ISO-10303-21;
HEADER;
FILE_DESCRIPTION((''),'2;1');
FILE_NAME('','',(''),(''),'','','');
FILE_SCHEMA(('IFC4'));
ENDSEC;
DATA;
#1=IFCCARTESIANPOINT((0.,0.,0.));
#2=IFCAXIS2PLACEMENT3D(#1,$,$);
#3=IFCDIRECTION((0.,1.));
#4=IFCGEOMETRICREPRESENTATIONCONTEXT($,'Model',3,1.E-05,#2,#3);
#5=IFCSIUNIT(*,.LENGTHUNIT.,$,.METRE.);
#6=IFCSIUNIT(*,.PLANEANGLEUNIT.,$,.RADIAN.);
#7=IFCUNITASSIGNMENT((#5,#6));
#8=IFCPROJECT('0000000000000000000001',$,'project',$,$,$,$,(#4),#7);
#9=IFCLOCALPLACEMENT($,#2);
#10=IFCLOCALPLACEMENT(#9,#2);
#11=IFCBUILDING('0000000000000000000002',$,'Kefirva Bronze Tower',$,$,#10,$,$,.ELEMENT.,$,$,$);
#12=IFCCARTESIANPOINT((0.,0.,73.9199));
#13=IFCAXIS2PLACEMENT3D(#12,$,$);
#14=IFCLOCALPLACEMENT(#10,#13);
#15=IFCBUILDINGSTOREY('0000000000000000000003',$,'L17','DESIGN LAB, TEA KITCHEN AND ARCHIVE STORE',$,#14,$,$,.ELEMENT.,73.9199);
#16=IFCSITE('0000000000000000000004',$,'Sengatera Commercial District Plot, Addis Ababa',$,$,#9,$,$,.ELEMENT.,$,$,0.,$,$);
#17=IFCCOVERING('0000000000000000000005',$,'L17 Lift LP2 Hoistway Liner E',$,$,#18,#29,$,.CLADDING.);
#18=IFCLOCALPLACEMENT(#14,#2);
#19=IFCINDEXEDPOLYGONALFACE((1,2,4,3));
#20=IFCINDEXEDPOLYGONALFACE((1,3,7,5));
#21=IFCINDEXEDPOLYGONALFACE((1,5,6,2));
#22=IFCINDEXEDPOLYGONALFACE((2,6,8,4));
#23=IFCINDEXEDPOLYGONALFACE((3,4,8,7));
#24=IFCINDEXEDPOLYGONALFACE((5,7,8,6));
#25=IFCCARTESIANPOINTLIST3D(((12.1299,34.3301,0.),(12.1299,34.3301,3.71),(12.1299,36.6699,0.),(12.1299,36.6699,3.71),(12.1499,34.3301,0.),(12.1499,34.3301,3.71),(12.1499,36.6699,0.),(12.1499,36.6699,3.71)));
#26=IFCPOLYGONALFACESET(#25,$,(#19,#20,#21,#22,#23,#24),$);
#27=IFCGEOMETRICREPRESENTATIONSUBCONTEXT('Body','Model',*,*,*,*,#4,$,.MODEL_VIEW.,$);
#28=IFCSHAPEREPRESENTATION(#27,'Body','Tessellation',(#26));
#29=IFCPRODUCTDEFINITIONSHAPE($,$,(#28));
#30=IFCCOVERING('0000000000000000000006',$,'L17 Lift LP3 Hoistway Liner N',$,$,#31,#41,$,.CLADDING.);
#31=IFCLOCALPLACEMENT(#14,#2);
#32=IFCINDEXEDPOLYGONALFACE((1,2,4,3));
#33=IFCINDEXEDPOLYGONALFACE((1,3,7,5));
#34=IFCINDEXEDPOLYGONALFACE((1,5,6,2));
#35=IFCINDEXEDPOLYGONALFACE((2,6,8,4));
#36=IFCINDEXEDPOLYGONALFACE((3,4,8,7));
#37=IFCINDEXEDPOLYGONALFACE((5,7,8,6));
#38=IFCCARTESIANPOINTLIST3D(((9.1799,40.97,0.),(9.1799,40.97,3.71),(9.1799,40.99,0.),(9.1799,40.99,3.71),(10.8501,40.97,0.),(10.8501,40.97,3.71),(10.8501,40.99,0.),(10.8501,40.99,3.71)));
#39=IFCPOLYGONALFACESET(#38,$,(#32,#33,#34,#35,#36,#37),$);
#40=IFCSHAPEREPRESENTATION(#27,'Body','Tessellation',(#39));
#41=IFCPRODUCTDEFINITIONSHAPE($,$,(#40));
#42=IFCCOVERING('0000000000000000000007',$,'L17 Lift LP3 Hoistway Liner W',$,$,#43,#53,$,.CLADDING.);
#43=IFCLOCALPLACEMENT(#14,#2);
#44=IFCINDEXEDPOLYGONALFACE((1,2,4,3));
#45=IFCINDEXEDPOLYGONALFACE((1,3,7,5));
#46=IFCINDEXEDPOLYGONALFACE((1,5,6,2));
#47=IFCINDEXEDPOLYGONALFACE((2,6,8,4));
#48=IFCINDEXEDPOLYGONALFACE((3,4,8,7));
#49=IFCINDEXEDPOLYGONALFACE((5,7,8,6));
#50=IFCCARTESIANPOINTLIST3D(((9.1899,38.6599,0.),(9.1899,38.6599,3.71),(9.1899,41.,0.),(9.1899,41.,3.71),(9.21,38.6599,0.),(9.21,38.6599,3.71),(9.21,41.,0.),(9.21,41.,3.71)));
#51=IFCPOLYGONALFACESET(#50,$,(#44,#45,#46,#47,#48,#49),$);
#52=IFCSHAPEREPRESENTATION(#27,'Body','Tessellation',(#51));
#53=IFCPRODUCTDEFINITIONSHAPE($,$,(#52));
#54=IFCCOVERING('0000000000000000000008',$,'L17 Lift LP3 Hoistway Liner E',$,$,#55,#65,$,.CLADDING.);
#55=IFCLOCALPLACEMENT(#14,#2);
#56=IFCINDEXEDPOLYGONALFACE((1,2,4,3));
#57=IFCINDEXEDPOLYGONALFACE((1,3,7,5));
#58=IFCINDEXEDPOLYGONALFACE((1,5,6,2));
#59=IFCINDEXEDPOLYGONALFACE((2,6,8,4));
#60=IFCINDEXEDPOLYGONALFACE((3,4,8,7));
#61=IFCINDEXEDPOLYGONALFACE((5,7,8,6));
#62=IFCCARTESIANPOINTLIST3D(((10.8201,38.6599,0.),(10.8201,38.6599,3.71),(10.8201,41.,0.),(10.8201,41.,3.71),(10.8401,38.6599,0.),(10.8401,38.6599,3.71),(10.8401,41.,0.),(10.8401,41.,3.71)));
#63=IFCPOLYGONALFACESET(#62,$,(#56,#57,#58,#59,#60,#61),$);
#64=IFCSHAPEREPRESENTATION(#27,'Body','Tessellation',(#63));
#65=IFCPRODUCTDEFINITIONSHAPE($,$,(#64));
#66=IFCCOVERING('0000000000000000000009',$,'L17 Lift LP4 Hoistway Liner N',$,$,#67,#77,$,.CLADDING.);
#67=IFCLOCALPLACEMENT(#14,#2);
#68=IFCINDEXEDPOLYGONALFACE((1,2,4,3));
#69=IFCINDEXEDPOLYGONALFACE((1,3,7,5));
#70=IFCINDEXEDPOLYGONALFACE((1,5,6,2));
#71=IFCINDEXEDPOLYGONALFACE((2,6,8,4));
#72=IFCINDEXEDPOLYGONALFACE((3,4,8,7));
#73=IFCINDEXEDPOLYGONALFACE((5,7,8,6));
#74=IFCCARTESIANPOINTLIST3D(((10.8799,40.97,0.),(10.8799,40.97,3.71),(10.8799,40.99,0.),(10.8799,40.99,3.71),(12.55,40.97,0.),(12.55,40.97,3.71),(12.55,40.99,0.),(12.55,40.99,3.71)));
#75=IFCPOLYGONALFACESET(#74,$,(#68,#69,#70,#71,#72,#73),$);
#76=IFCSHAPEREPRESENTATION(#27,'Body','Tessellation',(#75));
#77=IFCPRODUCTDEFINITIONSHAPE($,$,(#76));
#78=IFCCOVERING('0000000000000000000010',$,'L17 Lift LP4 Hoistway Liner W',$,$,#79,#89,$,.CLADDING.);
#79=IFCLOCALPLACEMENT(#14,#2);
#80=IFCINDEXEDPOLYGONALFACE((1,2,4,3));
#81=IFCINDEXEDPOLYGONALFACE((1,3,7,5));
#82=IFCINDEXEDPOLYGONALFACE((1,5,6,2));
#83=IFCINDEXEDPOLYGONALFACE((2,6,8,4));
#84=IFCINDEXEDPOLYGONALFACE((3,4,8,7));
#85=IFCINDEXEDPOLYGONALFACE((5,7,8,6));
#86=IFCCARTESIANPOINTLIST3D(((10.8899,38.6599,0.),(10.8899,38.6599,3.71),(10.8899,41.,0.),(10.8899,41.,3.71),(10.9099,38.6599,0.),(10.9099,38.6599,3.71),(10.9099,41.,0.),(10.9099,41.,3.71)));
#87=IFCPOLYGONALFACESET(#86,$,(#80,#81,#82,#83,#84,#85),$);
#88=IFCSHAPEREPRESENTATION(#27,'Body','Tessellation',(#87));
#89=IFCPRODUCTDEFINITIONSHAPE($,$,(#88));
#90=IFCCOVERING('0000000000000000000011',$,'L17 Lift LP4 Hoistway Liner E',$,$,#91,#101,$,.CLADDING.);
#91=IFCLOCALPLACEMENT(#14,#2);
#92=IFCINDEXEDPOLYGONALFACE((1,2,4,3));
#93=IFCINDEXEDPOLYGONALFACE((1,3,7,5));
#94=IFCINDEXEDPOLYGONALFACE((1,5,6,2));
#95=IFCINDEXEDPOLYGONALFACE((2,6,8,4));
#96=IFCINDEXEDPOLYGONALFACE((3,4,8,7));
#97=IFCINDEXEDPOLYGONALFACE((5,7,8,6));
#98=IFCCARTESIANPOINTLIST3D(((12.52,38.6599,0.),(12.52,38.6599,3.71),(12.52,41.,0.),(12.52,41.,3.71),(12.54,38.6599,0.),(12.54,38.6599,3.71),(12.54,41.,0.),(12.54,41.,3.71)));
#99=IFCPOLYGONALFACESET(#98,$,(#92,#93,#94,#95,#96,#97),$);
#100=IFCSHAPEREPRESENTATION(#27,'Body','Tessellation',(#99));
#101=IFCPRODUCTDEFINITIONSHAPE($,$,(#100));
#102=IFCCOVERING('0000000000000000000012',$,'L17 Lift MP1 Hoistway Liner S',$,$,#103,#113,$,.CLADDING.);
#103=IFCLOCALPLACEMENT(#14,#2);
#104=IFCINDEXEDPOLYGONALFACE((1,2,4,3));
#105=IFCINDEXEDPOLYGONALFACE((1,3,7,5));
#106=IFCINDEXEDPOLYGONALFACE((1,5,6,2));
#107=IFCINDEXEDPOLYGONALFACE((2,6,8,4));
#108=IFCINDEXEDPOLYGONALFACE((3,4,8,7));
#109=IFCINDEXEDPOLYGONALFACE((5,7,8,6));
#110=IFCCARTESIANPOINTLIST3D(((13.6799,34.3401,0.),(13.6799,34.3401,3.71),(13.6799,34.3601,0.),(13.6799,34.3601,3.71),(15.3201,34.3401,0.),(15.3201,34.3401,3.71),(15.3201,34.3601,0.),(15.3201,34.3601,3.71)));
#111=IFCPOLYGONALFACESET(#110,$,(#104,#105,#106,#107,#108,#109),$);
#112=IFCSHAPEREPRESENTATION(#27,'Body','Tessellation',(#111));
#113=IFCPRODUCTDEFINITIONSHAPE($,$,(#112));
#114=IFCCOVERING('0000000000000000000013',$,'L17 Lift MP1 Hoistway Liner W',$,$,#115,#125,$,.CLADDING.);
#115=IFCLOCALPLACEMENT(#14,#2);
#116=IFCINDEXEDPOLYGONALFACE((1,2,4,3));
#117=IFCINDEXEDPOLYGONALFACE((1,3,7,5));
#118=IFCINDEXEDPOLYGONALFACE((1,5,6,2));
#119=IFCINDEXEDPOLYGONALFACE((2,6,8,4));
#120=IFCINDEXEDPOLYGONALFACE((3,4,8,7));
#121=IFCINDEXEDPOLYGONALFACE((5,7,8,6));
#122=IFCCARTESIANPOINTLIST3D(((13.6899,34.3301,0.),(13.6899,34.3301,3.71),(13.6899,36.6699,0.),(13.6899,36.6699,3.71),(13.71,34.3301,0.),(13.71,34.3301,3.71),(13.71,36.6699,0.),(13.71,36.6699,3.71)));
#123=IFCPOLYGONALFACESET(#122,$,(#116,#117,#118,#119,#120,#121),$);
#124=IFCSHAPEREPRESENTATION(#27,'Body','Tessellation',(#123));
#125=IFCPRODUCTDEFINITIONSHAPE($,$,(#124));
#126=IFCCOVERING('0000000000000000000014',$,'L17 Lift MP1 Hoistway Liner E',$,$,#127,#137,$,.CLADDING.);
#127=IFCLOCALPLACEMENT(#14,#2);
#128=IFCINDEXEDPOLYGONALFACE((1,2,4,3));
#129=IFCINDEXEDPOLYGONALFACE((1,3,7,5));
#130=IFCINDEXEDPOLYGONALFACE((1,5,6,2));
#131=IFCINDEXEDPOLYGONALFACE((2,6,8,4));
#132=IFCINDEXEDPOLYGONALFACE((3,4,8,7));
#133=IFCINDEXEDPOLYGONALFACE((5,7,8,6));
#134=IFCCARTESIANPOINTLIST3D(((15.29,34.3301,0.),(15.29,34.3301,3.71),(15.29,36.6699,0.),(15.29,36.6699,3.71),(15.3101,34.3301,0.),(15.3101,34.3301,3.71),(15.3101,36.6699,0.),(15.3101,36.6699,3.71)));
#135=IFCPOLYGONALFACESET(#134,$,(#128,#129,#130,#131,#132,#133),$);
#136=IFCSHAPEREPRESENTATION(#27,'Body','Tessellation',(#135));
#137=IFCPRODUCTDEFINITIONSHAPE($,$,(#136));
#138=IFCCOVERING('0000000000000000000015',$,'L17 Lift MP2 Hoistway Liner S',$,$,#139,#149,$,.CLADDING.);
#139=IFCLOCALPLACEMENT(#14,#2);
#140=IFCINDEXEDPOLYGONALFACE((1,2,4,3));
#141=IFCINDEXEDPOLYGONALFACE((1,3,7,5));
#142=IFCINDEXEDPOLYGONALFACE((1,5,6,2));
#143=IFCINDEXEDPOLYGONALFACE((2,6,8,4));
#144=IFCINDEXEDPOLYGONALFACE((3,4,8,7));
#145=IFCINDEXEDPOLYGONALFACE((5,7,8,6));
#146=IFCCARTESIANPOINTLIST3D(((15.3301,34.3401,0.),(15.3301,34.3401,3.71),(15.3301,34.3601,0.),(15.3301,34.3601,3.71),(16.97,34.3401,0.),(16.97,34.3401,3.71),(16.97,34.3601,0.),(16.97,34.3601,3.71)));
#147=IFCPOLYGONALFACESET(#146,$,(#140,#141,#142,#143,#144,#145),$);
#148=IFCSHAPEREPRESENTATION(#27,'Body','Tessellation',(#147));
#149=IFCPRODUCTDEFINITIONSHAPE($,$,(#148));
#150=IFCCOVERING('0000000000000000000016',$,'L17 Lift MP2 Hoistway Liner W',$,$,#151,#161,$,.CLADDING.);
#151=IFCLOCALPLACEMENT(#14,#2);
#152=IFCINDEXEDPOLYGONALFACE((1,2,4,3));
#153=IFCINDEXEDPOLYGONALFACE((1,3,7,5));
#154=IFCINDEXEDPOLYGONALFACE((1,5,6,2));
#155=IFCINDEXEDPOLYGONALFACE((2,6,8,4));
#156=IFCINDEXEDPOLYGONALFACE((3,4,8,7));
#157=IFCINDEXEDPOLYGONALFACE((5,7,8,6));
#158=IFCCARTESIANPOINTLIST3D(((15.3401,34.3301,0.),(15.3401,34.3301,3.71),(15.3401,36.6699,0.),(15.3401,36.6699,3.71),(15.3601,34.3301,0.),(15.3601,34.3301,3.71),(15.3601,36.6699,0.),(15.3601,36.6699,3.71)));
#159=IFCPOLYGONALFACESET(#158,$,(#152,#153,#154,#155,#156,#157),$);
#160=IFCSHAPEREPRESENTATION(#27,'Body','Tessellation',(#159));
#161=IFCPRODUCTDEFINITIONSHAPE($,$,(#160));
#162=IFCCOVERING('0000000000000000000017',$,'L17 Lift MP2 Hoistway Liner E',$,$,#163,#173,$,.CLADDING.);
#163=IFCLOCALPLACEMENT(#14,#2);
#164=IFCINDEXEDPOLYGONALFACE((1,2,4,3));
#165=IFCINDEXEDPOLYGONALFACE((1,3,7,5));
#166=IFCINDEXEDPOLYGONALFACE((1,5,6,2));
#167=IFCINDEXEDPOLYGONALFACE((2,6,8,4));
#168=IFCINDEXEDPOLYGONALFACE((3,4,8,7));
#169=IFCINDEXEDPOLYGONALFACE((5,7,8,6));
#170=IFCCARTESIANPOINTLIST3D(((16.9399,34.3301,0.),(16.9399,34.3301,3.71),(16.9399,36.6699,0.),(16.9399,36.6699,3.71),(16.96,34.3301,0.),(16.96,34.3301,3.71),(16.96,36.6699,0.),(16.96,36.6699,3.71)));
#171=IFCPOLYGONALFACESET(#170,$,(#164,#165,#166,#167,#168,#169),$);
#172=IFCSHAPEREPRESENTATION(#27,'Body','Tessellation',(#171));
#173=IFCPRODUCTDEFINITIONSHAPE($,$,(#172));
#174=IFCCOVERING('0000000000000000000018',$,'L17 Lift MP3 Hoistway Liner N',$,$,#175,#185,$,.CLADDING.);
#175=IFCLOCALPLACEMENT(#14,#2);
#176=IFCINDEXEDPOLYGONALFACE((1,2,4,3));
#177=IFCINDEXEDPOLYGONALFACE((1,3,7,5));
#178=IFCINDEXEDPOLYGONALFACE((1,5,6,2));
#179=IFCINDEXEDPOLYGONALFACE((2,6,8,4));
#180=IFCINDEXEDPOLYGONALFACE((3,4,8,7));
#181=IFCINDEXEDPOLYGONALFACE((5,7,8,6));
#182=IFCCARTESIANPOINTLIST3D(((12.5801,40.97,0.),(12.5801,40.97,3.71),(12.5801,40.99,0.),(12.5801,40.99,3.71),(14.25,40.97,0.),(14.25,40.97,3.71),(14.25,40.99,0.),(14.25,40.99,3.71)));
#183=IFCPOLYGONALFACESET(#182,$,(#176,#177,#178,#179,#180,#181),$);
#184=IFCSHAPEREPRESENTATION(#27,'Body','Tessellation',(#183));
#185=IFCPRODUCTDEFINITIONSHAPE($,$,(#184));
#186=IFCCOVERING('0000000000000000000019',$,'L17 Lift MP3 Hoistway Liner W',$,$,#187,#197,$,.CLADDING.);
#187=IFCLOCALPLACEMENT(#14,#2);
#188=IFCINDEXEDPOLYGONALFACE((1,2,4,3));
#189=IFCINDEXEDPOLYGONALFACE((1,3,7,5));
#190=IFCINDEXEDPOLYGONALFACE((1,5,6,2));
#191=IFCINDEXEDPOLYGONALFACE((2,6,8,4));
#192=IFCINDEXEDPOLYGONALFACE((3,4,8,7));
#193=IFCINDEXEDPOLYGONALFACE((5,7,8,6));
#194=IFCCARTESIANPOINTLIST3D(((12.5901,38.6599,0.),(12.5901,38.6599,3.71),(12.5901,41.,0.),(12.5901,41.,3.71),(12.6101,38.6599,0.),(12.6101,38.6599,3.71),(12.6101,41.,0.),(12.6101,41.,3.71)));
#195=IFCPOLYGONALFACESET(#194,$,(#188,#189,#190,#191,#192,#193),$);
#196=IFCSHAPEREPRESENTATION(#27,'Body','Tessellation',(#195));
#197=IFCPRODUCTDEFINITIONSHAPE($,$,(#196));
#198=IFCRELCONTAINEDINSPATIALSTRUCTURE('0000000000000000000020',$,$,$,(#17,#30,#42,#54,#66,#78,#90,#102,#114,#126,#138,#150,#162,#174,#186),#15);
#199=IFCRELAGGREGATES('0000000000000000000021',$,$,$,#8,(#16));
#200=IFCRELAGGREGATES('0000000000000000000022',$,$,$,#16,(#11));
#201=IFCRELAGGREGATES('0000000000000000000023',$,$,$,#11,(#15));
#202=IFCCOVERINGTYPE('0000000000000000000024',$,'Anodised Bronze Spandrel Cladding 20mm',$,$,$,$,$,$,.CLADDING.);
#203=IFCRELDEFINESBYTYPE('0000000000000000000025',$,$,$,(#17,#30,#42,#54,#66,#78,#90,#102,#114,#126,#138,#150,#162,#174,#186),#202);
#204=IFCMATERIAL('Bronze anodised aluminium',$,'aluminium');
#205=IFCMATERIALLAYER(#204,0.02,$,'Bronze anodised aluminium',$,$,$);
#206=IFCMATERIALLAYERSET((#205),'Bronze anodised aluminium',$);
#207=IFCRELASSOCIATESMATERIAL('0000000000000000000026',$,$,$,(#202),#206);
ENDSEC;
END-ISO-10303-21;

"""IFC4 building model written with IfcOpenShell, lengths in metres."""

from ifc_helpers import new_model, si_unit, direction, frame, origin, place, context, subcontext, project, spatial, polyline, outline, extrude, material, layer, layer_set, type_object, element, save


model = new_model("IFC4")

# Units and contexts
model_context = context("Model", 3, precision=1e-05, world=origin(), true_north=direction((0.0, 1.0)))
body_context = subcontext(model_context, "Body", "Model", "MODEL_VIEW")
ifc_project = project(units=[si_unit("LENGTHUNIT", "METRE"), si_unit("PLANEANGLEUNIT", "RADIAN")], contexts=[model_context])

# Site, building, storey
site_placement = place(None, origin())
site = spatial("IfcSite", under=ifc_project, at=site_placement, Name="Sengatera Commercial District Plot, Addis Ababa", CompositionType="ELEMENT", RefElevation=0.0)
building_placement = place(site_placement, origin())
building = spatial("IfcBuilding", under=site, at=building_placement, Name="Kefirva Bronze Tower", CompositionType="ELEMENT")
storey_placement = place(building_placement, frame((0.0, 0.0, 73.9199)))
storey = spatial("IfcBuildingStorey", under=building, at=storey_placement, Name="L17", Description="DESIGN LAB, TEA KITCHEN AND ARCHIVE STORE", CompositionType="ELEMENT", Elevation=73.9199)

# Coverings
ifc_material = material(Name="Bronze anodised aluminium", Category="aluminium")
ifc_layer_1 = layer(ifc_material, 0.02, Name="Bronze anodised aluminium")
ifc_layer_set_1 = layer_set([ifc_layer_1], Name="Bronze anodised aluminium")
covering_type_1 = type_object("IfcCoveringType", Name="Anodised Bronze Spandrel Cladding 20mm", PredefinedType="CLADDING", material=ifc_layer_set_1)
covering_1_placement = place(storey_placement, origin())
element("IfcCovering", 1, at=covering_1_placement, inside=storey, type_object=covering_type_1, Name="L17 Lift LP2 Hoistway Liner E", PredefinedType="CLADDING", context=body_context, shape_type="SweptSolid", body=[
    extrude(outline(polyline([(12.1299, 34.3301), (12.1499, 34.3301), (12.1499, 36.6699), (12.1299, 36.6699), (12.1299, 34.3301)])), origin(), (0.0, 0.0, 1.0), 3.71),
])
covering_2_placement = place(storey_placement, origin())
element("IfcCovering", 2, at=covering_2_placement, inside=storey, type_object=covering_type_1, Name="L17 Lift LP3 Hoistway Liner N", PredefinedType="CLADDING", context=body_context, shape_type="SweptSolid", body=[
    extrude(outline(polyline([(9.1799, 40.97), (10.8501, 40.97), (10.8501, 40.99), (9.1799, 40.99), (9.1799, 40.97)])), origin(), (0.0, 0.0, 1.0), 3.71),
])
covering_3_placement = place(storey_placement, origin())
element("IfcCovering", 3, at=covering_3_placement, inside=storey, type_object=covering_type_1, Name="L17 Lift LP3 Hoistway Liner W", PredefinedType="CLADDING", context=body_context, shape_type="SweptSolid", body=[
    extrude(outline(polyline([(9.1899, 38.6599), (9.21, 38.6599), (9.21, 41.0), (9.1899, 41.0), (9.1899, 38.6599)])), origin(), (0.0, 0.0, 1.0), 3.71),
])
covering_4_placement = place(storey_placement, origin())
element("IfcCovering", 4, at=covering_4_placement, inside=storey, type_object=covering_type_1, Name="L17 Lift LP3 Hoistway Liner E", PredefinedType="CLADDING", context=body_context, shape_type="SweptSolid", body=[
    extrude(outline(polyline([(10.8201, 38.6599), (10.8401, 38.6599), (10.8401, 41.0), (10.8201, 41.0), (10.8201, 38.6599)])), origin(), (0.0, 0.0, 1.0), 3.71),
])
covering_5_placement = place(storey_placement, origin())
element("IfcCovering", 5, at=covering_5_placement, inside=storey, type_object=covering_type_1, Name="L17 Lift LP4 Hoistway Liner N", PredefinedType="CLADDING", context=body_context, shape_type="SweptSolid", body=[
    extrude(outline(polyline([(10.8799, 40.97), (12.55, 40.97), (12.55, 40.99), (10.8799, 40.99), (10.8799, 40.97)])), origin(), (0.0, 0.0, 1.0), 3.71),
])
covering_6_placement = place(storey_placement, origin())
element("IfcCovering", 6, at=covering_6_placement, inside=storey, type_object=covering_type_1, Name="L17 Lift LP4 Hoistway Liner W", PredefinedType="CLADDING", context=body_context, shape_type="SweptSolid", body=[
    extrude(outline(polyline([(10.8899, 38.6599), (10.9099, 38.6599), (10.9099, 41.0), (10.8899, 41.0), (10.8899, 38.6599)])), origin(), (0.0, 0.0, 1.0), 3.71),
])
covering_7_placement = place(storey_placement, origin())
element("IfcCovering", 7, at=covering_7_placement, inside=storey, type_object=covering_type_1, Name="L17 Lift LP4 Hoistway Liner E", PredefinedType="CLADDING", context=body_context, shape_type="SweptSolid", body=[
    extrude(outline(polyline([(12.52, 38.6599), (12.54, 38.6599), (12.54, 41.0), (12.52, 41.0), (12.52, 38.6599)])), origin(), (0.0, 0.0, 1.0), 3.71),
])
covering_8_placement = place(storey_placement, origin())
element("IfcCovering", 8, at=covering_8_placement, inside=storey, type_object=covering_type_1, Name="L17 Lift MP1 Hoistway Liner S", PredefinedType="CLADDING", context=body_context, shape_type="SweptSolid", body=[
    extrude(outline(polyline([(13.6799, 34.3401), (15.3201, 34.3401), (15.3201, 34.3601), (13.6799, 34.3601), (13.6799, 34.3401)])), origin(), (0.0, 0.0, 1.0), 3.71),
])
covering_9_placement = place(storey_placement, origin())
element("IfcCovering", 9, at=covering_9_placement, inside=storey, type_object=covering_type_1, Name="L17 Lift MP1 Hoistway Liner W", PredefinedType="CLADDING", context=body_context, shape_type="SweptSolid", body=[
    extrude(outline(polyline([(13.6899, 34.3301), (13.71, 34.3301), (13.71, 36.6699), (13.6899, 36.6699), (13.6899, 34.3301)])), origin(), (0.0, 0.0, 1.0), 3.71),
])
covering_10_placement = place(storey_placement, origin())
element("IfcCovering", 10, at=covering_10_placement, inside=storey, type_object=covering_type_1, Name="L17 Lift MP1 Hoistway Liner E", PredefinedType="CLADDING", context=body_context, shape_type="SweptSolid", body=[
    extrude(outline(polyline([(15.29, 34.3301), (15.3101, 34.3301), (15.3101, 36.6699), (15.29, 36.6699), (15.29, 34.3301)])), origin(), (0.0, 0.0, 1.0), 3.71),
])
covering_11_placement = place(storey_placement, origin())
element("IfcCovering", 11, at=covering_11_placement, inside=storey, type_object=covering_type_1, Name="L17 Lift MP2 Hoistway Liner S", PredefinedType="CLADDING", context=body_context, shape_type="SweptSolid", body=[
    extrude(outline(polyline([(15.3301, 34.3401), (16.97, 34.3401), (16.97, 34.3601), (15.3301, 34.3601), (15.3301, 34.3401)])), origin(), (0.0, 0.0, 1.0), 3.71),
])
covering_12_placement = place(storey_placement, origin())
element("IfcCovering", 12, at=covering_12_placement, inside=storey, type_object=covering_type_1, Name="L17 Lift MP2 Hoistway Liner W", PredefinedType="CLADDING", context=body_context, shape_type="SweptSolid", body=[
    extrude(outline(polyline([(15.3401, 34.3301), (15.3601, 34.3301), (15.3601, 36.6699), (15.3401, 36.6699), (15.3401, 34.3301)])), origin(), (0.0, 0.0, 1.0), 3.71),
])
covering_13_placement = place(storey_placement, origin())
element("IfcCovering", 13, at=covering_13_placement, inside=storey, type_object=covering_type_1, Name="L17 Lift MP2 Hoistway Liner E", PredefinedType="CLADDING", context=body_context, shape_type="SweptSolid", body=[
    extrude(outline(polyline([(16.9399, 34.3301), (16.96, 34.3301), (16.96, 36.6699), (16.9399, 36.6699), (16.9399, 34.3301)])), origin(), (0.0, 0.0, 1.0), 3.71),
])
covering_14_placement = place(storey_placement, origin())
element("IfcCovering", 14, at=covering_14_placement, inside=storey, type_object=covering_type_1, Name="L17 Lift MP3 Hoistway Liner N", PredefinedType="CLADDING", context=body_context, shape_type="SweptSolid", body=[
    extrude(outline(polyline([(12.5801, 40.97), (14.25, 40.97), (14.25, 40.99), (12.5801, 40.99), (12.5801, 40.97)])), origin(), (0.0, 0.0, 1.0), 3.71),
])
covering_15_placement = place(storey_placement, origin())
element("IfcCovering", 15, at=covering_15_placement, inside=storey, type_object=covering_type_1, Name="L17 Lift MP3 Hoistway Liner W", PredefinedType="CLADDING", context=body_context, shape_type="SweptSolid", body=[
    extrude(outline(polyline([(12.5901, 38.6599), (12.6101, 38.6599), (12.6101, 41.0), (12.5901, 41.0), (12.5901, 38.6599)])), origin(), (0.0, 0.0, 1.0), 3.71),
])

save(model, "model.ifc")
